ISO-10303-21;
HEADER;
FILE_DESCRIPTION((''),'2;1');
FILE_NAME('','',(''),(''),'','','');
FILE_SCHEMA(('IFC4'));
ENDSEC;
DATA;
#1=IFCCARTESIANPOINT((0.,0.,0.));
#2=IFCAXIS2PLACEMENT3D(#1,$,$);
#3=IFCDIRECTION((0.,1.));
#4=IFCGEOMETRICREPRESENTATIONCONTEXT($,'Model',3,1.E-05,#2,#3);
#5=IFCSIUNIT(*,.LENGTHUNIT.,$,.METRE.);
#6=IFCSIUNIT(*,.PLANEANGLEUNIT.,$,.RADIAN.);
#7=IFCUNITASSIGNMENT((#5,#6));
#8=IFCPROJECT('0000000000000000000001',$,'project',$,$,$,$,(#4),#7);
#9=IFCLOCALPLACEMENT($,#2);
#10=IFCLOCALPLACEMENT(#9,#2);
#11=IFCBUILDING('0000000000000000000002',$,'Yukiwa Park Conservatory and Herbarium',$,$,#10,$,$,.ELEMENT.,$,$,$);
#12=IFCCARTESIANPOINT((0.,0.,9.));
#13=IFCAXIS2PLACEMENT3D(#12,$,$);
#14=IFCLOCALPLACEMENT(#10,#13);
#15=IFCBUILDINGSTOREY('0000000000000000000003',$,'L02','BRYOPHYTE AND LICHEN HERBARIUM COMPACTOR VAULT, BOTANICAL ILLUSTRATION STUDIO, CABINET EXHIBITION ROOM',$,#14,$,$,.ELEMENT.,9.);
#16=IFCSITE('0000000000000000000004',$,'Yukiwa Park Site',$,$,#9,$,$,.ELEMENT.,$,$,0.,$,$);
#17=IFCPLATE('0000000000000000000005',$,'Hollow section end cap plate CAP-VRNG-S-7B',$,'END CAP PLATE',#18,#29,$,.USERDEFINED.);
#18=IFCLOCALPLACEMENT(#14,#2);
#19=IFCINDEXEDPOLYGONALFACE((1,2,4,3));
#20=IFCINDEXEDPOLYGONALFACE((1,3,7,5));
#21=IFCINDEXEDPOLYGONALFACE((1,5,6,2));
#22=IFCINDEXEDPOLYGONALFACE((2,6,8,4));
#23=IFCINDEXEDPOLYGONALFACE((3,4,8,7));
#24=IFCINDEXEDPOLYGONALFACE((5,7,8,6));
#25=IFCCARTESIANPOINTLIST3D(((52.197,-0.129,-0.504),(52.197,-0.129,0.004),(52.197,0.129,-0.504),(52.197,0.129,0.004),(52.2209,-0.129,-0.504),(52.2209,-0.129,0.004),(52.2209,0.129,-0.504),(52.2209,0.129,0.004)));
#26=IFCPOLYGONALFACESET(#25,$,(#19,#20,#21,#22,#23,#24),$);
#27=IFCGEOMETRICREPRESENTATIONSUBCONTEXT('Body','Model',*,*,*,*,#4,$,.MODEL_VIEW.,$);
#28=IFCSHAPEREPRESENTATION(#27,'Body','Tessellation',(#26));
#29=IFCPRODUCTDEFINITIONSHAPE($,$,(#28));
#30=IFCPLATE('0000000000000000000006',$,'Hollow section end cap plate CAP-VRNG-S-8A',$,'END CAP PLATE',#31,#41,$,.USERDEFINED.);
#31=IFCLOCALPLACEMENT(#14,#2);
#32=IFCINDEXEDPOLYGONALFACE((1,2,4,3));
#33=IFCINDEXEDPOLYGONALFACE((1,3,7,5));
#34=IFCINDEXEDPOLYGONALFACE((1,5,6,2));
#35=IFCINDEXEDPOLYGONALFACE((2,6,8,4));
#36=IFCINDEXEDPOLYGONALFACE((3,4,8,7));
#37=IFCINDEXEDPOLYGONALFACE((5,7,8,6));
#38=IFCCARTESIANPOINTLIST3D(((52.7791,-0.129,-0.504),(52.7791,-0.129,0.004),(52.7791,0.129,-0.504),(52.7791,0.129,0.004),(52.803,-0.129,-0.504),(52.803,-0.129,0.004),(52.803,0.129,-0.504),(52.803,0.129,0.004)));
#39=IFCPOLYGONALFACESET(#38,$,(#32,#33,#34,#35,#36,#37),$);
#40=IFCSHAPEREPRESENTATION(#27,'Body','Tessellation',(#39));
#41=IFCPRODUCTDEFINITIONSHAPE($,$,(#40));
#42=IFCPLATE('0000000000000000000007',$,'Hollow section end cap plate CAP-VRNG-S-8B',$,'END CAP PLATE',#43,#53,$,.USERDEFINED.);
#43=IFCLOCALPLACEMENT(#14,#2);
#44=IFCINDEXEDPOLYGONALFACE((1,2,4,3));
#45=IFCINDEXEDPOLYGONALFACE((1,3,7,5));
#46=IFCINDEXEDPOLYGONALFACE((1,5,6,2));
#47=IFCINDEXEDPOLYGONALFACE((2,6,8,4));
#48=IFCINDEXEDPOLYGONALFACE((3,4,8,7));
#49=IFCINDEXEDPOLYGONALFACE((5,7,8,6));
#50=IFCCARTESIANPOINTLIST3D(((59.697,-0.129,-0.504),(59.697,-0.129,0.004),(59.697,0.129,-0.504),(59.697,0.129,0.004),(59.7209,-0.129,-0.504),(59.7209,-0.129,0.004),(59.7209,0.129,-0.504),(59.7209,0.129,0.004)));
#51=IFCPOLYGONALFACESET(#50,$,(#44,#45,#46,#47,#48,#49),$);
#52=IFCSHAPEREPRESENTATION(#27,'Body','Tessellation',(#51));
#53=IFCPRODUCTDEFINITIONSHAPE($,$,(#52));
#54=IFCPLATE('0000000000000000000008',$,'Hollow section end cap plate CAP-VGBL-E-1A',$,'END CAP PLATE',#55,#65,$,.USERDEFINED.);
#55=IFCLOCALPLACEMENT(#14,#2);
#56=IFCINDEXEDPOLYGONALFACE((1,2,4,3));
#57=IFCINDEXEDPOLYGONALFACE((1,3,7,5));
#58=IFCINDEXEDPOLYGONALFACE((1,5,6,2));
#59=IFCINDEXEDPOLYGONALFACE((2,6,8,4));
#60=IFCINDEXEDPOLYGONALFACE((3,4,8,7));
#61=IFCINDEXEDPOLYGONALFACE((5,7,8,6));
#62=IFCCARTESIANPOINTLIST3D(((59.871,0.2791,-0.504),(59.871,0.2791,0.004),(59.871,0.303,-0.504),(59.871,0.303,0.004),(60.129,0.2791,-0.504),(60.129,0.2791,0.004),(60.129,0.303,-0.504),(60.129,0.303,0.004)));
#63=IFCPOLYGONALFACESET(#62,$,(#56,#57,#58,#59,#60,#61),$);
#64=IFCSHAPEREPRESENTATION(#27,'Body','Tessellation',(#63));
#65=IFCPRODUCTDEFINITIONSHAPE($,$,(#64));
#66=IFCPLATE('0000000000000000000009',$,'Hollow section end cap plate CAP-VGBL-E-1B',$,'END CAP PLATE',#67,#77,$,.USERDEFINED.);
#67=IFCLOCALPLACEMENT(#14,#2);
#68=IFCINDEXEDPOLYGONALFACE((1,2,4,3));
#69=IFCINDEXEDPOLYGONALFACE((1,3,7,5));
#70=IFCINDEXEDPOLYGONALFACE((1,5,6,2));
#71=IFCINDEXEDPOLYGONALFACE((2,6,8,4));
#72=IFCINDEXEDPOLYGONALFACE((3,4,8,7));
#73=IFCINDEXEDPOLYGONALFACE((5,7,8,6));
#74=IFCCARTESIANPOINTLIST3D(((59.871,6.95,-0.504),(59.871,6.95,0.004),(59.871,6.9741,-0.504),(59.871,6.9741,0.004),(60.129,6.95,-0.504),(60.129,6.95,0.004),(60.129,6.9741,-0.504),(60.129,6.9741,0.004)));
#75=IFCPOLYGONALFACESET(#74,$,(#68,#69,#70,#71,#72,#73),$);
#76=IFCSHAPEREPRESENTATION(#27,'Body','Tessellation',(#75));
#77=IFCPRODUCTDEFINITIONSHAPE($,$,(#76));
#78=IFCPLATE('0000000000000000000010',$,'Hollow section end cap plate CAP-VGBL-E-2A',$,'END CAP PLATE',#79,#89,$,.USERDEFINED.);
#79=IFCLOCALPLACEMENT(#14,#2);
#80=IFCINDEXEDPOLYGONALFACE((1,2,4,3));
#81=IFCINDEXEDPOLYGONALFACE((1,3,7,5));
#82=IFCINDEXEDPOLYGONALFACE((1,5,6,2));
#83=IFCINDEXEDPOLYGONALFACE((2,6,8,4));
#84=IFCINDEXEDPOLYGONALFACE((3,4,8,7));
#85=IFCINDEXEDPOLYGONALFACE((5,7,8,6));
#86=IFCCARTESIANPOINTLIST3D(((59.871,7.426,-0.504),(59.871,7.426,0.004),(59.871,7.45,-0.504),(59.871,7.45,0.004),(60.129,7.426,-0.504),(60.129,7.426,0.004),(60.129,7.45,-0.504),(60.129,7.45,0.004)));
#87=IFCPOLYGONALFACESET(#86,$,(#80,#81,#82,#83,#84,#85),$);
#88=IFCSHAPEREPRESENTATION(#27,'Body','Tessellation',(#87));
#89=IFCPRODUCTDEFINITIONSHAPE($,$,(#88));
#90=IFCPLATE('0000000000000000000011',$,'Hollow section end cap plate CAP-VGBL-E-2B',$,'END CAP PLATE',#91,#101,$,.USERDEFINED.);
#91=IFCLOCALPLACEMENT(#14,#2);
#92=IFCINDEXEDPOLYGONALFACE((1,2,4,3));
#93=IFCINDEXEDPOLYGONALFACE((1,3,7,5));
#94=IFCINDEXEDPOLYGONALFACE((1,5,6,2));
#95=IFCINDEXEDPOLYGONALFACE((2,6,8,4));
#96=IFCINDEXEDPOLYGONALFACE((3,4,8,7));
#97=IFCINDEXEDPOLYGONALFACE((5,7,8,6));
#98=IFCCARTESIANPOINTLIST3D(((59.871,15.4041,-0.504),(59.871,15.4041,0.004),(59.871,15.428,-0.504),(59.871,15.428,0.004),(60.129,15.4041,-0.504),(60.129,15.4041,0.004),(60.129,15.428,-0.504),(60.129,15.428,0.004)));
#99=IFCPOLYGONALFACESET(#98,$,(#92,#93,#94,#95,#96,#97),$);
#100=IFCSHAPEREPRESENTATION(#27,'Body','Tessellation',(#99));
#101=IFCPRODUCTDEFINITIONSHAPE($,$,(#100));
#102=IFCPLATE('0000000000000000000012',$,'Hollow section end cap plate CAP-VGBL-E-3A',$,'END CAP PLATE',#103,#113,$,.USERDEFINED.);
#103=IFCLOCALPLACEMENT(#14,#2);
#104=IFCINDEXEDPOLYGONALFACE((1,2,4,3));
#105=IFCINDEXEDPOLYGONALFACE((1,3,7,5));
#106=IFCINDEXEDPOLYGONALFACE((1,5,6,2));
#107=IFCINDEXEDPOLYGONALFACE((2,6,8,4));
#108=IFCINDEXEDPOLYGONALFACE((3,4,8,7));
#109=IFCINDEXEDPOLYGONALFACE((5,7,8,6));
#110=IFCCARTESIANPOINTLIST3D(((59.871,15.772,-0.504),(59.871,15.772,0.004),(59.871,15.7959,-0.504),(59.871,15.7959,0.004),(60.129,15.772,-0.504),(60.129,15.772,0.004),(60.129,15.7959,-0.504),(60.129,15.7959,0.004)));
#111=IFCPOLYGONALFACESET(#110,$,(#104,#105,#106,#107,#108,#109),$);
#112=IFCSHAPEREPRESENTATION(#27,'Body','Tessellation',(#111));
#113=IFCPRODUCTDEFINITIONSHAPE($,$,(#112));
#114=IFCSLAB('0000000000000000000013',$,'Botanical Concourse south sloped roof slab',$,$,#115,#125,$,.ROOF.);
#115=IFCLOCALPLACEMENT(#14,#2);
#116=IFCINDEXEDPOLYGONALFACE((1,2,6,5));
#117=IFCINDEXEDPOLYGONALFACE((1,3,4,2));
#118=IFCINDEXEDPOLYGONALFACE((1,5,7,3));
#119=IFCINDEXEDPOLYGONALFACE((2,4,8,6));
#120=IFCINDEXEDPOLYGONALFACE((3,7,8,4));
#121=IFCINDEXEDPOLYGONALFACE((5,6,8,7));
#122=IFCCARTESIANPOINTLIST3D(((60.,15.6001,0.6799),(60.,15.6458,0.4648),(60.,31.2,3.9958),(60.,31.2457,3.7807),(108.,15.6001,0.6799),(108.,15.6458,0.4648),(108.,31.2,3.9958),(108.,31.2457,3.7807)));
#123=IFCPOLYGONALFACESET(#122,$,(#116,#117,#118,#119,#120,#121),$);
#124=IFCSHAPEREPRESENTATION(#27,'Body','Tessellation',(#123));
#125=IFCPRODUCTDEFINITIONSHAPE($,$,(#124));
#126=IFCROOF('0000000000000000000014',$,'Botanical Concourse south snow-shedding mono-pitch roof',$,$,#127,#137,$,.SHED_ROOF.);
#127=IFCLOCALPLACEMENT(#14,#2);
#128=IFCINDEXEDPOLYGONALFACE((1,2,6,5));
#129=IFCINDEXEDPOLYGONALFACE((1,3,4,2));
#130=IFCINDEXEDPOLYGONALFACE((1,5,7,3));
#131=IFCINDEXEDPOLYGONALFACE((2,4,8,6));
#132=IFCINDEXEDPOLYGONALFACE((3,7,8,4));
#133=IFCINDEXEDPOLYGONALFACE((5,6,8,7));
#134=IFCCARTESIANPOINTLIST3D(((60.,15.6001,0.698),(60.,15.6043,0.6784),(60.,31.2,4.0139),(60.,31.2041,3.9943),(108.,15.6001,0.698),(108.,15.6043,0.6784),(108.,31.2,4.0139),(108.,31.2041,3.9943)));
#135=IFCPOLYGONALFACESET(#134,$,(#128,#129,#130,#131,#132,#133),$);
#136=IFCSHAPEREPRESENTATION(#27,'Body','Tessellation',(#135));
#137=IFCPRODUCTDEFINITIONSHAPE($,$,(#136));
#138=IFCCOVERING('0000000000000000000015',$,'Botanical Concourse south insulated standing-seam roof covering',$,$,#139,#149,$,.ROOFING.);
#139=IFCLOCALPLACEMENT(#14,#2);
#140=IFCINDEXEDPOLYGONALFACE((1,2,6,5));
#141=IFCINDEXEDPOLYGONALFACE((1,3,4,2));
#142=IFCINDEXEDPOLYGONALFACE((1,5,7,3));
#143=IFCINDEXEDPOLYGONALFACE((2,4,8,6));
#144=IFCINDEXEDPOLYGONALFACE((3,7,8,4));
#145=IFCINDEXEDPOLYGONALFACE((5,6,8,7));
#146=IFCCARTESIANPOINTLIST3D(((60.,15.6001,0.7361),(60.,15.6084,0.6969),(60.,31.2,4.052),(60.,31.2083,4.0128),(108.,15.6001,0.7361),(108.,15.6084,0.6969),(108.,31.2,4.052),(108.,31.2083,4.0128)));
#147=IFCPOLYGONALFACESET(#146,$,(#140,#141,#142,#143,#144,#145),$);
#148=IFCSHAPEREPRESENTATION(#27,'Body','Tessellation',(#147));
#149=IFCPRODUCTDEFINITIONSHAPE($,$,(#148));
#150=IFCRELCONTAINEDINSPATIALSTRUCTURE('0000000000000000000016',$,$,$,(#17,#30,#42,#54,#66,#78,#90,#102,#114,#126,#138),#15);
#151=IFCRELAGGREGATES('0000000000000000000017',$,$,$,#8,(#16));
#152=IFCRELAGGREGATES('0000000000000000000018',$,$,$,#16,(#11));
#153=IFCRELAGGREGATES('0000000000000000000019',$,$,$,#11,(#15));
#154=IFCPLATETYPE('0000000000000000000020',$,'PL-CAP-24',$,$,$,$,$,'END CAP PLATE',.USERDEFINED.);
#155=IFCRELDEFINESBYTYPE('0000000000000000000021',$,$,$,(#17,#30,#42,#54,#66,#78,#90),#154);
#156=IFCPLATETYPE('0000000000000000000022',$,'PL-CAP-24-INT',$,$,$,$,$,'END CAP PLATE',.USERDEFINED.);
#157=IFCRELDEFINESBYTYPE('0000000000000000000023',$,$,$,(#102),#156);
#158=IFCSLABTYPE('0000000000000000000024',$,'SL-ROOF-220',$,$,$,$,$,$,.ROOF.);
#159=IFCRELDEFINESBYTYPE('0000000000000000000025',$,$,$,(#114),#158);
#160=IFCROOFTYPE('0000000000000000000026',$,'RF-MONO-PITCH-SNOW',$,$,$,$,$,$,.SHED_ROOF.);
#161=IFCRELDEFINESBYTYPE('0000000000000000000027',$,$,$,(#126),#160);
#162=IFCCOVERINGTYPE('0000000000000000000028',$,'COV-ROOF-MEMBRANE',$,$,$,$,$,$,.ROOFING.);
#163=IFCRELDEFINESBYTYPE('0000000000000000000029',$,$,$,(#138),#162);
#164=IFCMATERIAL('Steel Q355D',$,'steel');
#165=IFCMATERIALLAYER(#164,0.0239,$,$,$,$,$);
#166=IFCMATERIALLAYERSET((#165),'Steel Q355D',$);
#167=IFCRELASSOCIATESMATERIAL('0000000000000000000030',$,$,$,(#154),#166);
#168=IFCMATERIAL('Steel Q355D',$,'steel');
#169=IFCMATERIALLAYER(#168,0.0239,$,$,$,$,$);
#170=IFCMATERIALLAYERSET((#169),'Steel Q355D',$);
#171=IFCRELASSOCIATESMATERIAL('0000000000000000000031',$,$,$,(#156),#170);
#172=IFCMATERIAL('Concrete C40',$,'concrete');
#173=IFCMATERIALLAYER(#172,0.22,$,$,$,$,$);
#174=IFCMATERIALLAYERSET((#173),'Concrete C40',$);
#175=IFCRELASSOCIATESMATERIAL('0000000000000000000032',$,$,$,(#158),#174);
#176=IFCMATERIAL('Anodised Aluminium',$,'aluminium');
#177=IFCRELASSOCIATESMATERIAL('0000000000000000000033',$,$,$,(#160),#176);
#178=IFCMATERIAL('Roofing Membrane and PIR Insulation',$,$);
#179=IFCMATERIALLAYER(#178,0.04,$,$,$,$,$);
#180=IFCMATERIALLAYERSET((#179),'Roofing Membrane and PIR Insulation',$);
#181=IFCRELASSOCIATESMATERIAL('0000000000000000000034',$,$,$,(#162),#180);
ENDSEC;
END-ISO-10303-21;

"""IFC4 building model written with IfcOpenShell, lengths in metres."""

from ifc_helpers import new_model, si_unit, direction, frame, origin, origin_2d, place, context, subcontext, project, spatial, polyline, rectangle, outline, extrude, material, layer, layer_set, type_object, element, save


model = new_model("IFC4")

# Units and contexts
model_context = context("Model", 3, precision=1e-05, world=origin(), true_north=direction((0.0, 1.0)))
body_context = subcontext(model_context, "Body", "Model", "MODEL_VIEW")
ifc_project = project(units=[si_unit("LENGTHUNIT", "METRE"), si_unit("PLANEANGLEUNIT", "RADIAN")], contexts=[model_context])

# Site, building, storey
site_placement = place(None, origin())
site = spatial("IfcSite", under=ifc_project, at=site_placement, Name="Yukiwa Park Site", CompositionType="ELEMENT", RefElevation=0.0)
building_placement = place(site_placement, origin())
building = spatial("IfcBuilding", under=site, at=building_placement, Name="Yukiwa Park Conservatory and Herbarium", CompositionType="ELEMENT")
storey_placement = place(building_placement, frame((0.0, 0.0, 9.0)))
storey = spatial("IfcBuildingStorey", under=building, at=storey_placement, Name="L02", Description="BRYOPHYTE AND LICHEN HERBARIUM COMPACTOR VAULT, BOTANICAL ILLUSTRATION STUDIO, CABINET EXHIBITION ROOM", CompositionType="ELEMENT", Elevation=9.0)

# Plates
ifc_material_1 = material(Name="Steel Q355D", Category="steel")
ifc_layer_1 = layer(ifc_material_1, 0.0239)
ifc_layer_set_1 = layer_set([ifc_layer_1], Name="Steel Q355D")
plate_type_1 = type_object("IfcPlateType", Name="PL-CAP-24", ElementType="END CAP PLATE", PredefinedType="USERDEFINED", material=ifc_layer_set_1)
for number, where, z_axis, x_axis, name in (
    (1, (52.197, 0.0, -0.25), (1.0, 0.0, 0.0), (0.0, 1.0, 0.0), "Hollow section end cap plate CAP-VRNG-S-7B"),
    (2, (52.803, 0.0, -0.25), (-1.0, 0.0, 0.0), (0.0, -1.0, 0.0), "Hollow section end cap plate CAP-VRNG-S-8A"),
    (3, (59.697, 0.0, -0.25), (1.0, 0.0, 0.0), (0.0, 1.0, 0.0), "Hollow section end cap plate CAP-VRNG-S-8B"),
    (4, (60.0, 0.303, -0.25), (0.0, -1.0, 0.0), (1.0, 0.0, 0.0), "Hollow section end cap plate CAP-VGBL-E-1A"),
):
    element("IfcPlate", number, at=place(storey_placement, frame(where, z_axis=z_axis, x_axis=x_axis)), inside=storey, type_object=plate_type_1, Name=name, ObjectType="END CAP PLATE", PredefinedType="USERDEFINED", context=body_context, shape_type="SweptSolid", body=[
        extrude(rectangle(XDim=0.2581, YDim=0.5081, at=origin_2d()), origin(), (0.0, 0.0, 1.0), 0.0239),
    ])
plate_1_placement = place(storey_placement, frame((60.0, 6.95, -0.25), z_axis=(0.0, 1.0, 0.0), x_axis=(-1.0, 0.0, 0.0)))
element("IfcPlate", 5, at=plate_1_placement, inside=storey, type_object=plate_type_1, Name="Hollow section end cap plate CAP-VGBL-E-1B", ObjectType="END CAP PLATE", PredefinedType="USERDEFINED", context=body_context, shape_type="SweptSolid", body=[
    extrude(rectangle(XDim=0.2581, YDim=0.5081, at=origin_2d()), origin(), (0.0, 0.0, 1.0), 0.0242),
])
for number, where, z_axis, x_axis, name in (
    (6, (60.0, 7.45, -0.25), (0.0, -1.0, 0.0), (1.0, 0.0, 0.0), "Hollow section end cap plate CAP-VGBL-E-2A"),
    (7, (60.0, 15.4041, -0.25), (0.0, 1.0, 0.0), (-1.0, 0.0, 0.0), "Hollow section end cap plate CAP-VGBL-E-2B"),
):
    element("IfcPlate", number, at=place(storey_placement, frame(where, z_axis=z_axis, x_axis=x_axis)), inside=storey, type_object=plate_type_1, Name=name, ObjectType="END CAP PLATE", PredefinedType="USERDEFINED", context=body_context, shape_type="SweptSolid", body=[
        extrude(rectangle(XDim=0.2581, YDim=0.5081, at=origin_2d()), origin(), (0.0, 0.0, 1.0), 0.0239),
    ])
ifc_material_2 = material(Name="Steel Q355D", Category="steel")
ifc_layer_2 = layer(ifc_material_2, 0.0239)
ifc_layer_set_2 = layer_set([ifc_layer_2], Name="Steel Q355D")
plate_type_2 = type_object("IfcPlateType", Name="PL-CAP-24-INT", ElementType="END CAP PLATE", PredefinedType="USERDEFINED", material=ifc_layer_set_2)
plate_2_placement = place(storey_placement, frame((60.0, 15.7959, -0.25), z_axis=(0.0, -1.0, 0.0), x_axis=(1.0, 0.0, 0.0)))
element("IfcPlate", 8, at=plate_2_placement, inside=storey, type_object=plate_type_2, Name="Hollow section end cap plate CAP-VGBL-E-3A", ObjectType="END CAP PLATE", PredefinedType="USERDEFINED", context=body_context, shape_type="SweptSolid", body=[
    extrude(rectangle(XDim=0.2581, YDim=0.5081, at=origin_2d()), origin(), (0.0, 0.0, 1.0), 0.0239),
])

# Slab
ifc_material_3 = material(Name="Concrete C40", Category="concrete")
ifc_layer_3 = layer(ifc_material_3, 0.22)
ifc_layer_set_3 = layer_set([ifc_layer_3], Name="Concrete C40")
slab_type = type_object("IfcSlabType", Name="SL-ROOF-220", PredefinedType="ROOF", material=ifc_layer_set_3)
slab_placement = place(storey_placement, frame((60.0, 15.6001, 0.6799), z_axis=(0.0, -0.207916, 0.978147), x_axis=(1.0, 0.0, 0.0)))
element("IfcSlab", 9, at=slab_placement, inside=storey, type_object=slab_type, Name="Botanical Concourse south sloped roof slab", PredefinedType="ROOF", context=body_context, shape_type="SweptSolid", body=[
    extrude(outline(polyline([(0.0, 0.0), (48.0, 0.0), (48.0, 15.9484), (0.0, 15.9484), (0.0, 0.0)])), origin(), (0.0, 0.0, -1.0), 0.22),
])

# Roof
ifc_material_4 = material(Name="Anodised Aluminium", Category="aluminium")
roof_type = type_object("IfcRoofType", Name="RF-MONO-PITCH-SNOW", PredefinedType="SHED_ROOF", material=ifc_material_4)
roof_placement = place(storey_placement, frame((60.0, 15.6001, 0.698), z_axis=(0.0, -0.207916, 0.978147), x_axis=(1.0, 0.0, 0.0)))
element("IfcRoof", 10, at=roof_placement, inside=storey, type_object=roof_type, Name="Botanical Concourse south snow-shedding mono-pitch roof", PredefinedType="SHED_ROOF", context=body_context, shape_type="SweptSolid", body=[
    extrude(outline(polyline([(0.0, 0.0), (48.0, 0.0), (48.0, 15.9484), (0.0, 15.9484), (0.0, 0.0)])), origin(), (0.0, 0.0, -1.0), 0.02),
])

# Covering
ifc_material_5 = material(Name="Roofing Membrane and PIR Insulation")
ifc_layer_4 = layer(ifc_material_5, 0.04)
ifc_layer_set_4 = layer_set([ifc_layer_4], Name="Roofing Membrane and PIR Insulation")
covering_type = type_object("IfcCoveringType", Name="COV-ROOF-MEMBRANE", PredefinedType="ROOFING", material=ifc_layer_set_4)
covering_placement = place(storey_placement, frame((60.0, 15.6001, 0.7361), z_axis=(0.0, -0.207916, 0.978147), x_axis=(1.0, 0.0, 0.0)))
element("IfcCovering", 11, at=covering_placement, inside=storey, type_object=covering_type, Name="Botanical Concourse south insulated standing-seam roof covering", PredefinedType="ROOFING", context=body_context, shape_type="SweptSolid", body=[
    extrude(outline(polyline([(0.0, 0.0), (48.0, 0.0), (48.0, 15.9484), (0.0, 15.9484), (0.0, 0.0)])), origin(), (0.0, 0.0, -1.0), 0.04),
])

save(model, "model.ifc")
